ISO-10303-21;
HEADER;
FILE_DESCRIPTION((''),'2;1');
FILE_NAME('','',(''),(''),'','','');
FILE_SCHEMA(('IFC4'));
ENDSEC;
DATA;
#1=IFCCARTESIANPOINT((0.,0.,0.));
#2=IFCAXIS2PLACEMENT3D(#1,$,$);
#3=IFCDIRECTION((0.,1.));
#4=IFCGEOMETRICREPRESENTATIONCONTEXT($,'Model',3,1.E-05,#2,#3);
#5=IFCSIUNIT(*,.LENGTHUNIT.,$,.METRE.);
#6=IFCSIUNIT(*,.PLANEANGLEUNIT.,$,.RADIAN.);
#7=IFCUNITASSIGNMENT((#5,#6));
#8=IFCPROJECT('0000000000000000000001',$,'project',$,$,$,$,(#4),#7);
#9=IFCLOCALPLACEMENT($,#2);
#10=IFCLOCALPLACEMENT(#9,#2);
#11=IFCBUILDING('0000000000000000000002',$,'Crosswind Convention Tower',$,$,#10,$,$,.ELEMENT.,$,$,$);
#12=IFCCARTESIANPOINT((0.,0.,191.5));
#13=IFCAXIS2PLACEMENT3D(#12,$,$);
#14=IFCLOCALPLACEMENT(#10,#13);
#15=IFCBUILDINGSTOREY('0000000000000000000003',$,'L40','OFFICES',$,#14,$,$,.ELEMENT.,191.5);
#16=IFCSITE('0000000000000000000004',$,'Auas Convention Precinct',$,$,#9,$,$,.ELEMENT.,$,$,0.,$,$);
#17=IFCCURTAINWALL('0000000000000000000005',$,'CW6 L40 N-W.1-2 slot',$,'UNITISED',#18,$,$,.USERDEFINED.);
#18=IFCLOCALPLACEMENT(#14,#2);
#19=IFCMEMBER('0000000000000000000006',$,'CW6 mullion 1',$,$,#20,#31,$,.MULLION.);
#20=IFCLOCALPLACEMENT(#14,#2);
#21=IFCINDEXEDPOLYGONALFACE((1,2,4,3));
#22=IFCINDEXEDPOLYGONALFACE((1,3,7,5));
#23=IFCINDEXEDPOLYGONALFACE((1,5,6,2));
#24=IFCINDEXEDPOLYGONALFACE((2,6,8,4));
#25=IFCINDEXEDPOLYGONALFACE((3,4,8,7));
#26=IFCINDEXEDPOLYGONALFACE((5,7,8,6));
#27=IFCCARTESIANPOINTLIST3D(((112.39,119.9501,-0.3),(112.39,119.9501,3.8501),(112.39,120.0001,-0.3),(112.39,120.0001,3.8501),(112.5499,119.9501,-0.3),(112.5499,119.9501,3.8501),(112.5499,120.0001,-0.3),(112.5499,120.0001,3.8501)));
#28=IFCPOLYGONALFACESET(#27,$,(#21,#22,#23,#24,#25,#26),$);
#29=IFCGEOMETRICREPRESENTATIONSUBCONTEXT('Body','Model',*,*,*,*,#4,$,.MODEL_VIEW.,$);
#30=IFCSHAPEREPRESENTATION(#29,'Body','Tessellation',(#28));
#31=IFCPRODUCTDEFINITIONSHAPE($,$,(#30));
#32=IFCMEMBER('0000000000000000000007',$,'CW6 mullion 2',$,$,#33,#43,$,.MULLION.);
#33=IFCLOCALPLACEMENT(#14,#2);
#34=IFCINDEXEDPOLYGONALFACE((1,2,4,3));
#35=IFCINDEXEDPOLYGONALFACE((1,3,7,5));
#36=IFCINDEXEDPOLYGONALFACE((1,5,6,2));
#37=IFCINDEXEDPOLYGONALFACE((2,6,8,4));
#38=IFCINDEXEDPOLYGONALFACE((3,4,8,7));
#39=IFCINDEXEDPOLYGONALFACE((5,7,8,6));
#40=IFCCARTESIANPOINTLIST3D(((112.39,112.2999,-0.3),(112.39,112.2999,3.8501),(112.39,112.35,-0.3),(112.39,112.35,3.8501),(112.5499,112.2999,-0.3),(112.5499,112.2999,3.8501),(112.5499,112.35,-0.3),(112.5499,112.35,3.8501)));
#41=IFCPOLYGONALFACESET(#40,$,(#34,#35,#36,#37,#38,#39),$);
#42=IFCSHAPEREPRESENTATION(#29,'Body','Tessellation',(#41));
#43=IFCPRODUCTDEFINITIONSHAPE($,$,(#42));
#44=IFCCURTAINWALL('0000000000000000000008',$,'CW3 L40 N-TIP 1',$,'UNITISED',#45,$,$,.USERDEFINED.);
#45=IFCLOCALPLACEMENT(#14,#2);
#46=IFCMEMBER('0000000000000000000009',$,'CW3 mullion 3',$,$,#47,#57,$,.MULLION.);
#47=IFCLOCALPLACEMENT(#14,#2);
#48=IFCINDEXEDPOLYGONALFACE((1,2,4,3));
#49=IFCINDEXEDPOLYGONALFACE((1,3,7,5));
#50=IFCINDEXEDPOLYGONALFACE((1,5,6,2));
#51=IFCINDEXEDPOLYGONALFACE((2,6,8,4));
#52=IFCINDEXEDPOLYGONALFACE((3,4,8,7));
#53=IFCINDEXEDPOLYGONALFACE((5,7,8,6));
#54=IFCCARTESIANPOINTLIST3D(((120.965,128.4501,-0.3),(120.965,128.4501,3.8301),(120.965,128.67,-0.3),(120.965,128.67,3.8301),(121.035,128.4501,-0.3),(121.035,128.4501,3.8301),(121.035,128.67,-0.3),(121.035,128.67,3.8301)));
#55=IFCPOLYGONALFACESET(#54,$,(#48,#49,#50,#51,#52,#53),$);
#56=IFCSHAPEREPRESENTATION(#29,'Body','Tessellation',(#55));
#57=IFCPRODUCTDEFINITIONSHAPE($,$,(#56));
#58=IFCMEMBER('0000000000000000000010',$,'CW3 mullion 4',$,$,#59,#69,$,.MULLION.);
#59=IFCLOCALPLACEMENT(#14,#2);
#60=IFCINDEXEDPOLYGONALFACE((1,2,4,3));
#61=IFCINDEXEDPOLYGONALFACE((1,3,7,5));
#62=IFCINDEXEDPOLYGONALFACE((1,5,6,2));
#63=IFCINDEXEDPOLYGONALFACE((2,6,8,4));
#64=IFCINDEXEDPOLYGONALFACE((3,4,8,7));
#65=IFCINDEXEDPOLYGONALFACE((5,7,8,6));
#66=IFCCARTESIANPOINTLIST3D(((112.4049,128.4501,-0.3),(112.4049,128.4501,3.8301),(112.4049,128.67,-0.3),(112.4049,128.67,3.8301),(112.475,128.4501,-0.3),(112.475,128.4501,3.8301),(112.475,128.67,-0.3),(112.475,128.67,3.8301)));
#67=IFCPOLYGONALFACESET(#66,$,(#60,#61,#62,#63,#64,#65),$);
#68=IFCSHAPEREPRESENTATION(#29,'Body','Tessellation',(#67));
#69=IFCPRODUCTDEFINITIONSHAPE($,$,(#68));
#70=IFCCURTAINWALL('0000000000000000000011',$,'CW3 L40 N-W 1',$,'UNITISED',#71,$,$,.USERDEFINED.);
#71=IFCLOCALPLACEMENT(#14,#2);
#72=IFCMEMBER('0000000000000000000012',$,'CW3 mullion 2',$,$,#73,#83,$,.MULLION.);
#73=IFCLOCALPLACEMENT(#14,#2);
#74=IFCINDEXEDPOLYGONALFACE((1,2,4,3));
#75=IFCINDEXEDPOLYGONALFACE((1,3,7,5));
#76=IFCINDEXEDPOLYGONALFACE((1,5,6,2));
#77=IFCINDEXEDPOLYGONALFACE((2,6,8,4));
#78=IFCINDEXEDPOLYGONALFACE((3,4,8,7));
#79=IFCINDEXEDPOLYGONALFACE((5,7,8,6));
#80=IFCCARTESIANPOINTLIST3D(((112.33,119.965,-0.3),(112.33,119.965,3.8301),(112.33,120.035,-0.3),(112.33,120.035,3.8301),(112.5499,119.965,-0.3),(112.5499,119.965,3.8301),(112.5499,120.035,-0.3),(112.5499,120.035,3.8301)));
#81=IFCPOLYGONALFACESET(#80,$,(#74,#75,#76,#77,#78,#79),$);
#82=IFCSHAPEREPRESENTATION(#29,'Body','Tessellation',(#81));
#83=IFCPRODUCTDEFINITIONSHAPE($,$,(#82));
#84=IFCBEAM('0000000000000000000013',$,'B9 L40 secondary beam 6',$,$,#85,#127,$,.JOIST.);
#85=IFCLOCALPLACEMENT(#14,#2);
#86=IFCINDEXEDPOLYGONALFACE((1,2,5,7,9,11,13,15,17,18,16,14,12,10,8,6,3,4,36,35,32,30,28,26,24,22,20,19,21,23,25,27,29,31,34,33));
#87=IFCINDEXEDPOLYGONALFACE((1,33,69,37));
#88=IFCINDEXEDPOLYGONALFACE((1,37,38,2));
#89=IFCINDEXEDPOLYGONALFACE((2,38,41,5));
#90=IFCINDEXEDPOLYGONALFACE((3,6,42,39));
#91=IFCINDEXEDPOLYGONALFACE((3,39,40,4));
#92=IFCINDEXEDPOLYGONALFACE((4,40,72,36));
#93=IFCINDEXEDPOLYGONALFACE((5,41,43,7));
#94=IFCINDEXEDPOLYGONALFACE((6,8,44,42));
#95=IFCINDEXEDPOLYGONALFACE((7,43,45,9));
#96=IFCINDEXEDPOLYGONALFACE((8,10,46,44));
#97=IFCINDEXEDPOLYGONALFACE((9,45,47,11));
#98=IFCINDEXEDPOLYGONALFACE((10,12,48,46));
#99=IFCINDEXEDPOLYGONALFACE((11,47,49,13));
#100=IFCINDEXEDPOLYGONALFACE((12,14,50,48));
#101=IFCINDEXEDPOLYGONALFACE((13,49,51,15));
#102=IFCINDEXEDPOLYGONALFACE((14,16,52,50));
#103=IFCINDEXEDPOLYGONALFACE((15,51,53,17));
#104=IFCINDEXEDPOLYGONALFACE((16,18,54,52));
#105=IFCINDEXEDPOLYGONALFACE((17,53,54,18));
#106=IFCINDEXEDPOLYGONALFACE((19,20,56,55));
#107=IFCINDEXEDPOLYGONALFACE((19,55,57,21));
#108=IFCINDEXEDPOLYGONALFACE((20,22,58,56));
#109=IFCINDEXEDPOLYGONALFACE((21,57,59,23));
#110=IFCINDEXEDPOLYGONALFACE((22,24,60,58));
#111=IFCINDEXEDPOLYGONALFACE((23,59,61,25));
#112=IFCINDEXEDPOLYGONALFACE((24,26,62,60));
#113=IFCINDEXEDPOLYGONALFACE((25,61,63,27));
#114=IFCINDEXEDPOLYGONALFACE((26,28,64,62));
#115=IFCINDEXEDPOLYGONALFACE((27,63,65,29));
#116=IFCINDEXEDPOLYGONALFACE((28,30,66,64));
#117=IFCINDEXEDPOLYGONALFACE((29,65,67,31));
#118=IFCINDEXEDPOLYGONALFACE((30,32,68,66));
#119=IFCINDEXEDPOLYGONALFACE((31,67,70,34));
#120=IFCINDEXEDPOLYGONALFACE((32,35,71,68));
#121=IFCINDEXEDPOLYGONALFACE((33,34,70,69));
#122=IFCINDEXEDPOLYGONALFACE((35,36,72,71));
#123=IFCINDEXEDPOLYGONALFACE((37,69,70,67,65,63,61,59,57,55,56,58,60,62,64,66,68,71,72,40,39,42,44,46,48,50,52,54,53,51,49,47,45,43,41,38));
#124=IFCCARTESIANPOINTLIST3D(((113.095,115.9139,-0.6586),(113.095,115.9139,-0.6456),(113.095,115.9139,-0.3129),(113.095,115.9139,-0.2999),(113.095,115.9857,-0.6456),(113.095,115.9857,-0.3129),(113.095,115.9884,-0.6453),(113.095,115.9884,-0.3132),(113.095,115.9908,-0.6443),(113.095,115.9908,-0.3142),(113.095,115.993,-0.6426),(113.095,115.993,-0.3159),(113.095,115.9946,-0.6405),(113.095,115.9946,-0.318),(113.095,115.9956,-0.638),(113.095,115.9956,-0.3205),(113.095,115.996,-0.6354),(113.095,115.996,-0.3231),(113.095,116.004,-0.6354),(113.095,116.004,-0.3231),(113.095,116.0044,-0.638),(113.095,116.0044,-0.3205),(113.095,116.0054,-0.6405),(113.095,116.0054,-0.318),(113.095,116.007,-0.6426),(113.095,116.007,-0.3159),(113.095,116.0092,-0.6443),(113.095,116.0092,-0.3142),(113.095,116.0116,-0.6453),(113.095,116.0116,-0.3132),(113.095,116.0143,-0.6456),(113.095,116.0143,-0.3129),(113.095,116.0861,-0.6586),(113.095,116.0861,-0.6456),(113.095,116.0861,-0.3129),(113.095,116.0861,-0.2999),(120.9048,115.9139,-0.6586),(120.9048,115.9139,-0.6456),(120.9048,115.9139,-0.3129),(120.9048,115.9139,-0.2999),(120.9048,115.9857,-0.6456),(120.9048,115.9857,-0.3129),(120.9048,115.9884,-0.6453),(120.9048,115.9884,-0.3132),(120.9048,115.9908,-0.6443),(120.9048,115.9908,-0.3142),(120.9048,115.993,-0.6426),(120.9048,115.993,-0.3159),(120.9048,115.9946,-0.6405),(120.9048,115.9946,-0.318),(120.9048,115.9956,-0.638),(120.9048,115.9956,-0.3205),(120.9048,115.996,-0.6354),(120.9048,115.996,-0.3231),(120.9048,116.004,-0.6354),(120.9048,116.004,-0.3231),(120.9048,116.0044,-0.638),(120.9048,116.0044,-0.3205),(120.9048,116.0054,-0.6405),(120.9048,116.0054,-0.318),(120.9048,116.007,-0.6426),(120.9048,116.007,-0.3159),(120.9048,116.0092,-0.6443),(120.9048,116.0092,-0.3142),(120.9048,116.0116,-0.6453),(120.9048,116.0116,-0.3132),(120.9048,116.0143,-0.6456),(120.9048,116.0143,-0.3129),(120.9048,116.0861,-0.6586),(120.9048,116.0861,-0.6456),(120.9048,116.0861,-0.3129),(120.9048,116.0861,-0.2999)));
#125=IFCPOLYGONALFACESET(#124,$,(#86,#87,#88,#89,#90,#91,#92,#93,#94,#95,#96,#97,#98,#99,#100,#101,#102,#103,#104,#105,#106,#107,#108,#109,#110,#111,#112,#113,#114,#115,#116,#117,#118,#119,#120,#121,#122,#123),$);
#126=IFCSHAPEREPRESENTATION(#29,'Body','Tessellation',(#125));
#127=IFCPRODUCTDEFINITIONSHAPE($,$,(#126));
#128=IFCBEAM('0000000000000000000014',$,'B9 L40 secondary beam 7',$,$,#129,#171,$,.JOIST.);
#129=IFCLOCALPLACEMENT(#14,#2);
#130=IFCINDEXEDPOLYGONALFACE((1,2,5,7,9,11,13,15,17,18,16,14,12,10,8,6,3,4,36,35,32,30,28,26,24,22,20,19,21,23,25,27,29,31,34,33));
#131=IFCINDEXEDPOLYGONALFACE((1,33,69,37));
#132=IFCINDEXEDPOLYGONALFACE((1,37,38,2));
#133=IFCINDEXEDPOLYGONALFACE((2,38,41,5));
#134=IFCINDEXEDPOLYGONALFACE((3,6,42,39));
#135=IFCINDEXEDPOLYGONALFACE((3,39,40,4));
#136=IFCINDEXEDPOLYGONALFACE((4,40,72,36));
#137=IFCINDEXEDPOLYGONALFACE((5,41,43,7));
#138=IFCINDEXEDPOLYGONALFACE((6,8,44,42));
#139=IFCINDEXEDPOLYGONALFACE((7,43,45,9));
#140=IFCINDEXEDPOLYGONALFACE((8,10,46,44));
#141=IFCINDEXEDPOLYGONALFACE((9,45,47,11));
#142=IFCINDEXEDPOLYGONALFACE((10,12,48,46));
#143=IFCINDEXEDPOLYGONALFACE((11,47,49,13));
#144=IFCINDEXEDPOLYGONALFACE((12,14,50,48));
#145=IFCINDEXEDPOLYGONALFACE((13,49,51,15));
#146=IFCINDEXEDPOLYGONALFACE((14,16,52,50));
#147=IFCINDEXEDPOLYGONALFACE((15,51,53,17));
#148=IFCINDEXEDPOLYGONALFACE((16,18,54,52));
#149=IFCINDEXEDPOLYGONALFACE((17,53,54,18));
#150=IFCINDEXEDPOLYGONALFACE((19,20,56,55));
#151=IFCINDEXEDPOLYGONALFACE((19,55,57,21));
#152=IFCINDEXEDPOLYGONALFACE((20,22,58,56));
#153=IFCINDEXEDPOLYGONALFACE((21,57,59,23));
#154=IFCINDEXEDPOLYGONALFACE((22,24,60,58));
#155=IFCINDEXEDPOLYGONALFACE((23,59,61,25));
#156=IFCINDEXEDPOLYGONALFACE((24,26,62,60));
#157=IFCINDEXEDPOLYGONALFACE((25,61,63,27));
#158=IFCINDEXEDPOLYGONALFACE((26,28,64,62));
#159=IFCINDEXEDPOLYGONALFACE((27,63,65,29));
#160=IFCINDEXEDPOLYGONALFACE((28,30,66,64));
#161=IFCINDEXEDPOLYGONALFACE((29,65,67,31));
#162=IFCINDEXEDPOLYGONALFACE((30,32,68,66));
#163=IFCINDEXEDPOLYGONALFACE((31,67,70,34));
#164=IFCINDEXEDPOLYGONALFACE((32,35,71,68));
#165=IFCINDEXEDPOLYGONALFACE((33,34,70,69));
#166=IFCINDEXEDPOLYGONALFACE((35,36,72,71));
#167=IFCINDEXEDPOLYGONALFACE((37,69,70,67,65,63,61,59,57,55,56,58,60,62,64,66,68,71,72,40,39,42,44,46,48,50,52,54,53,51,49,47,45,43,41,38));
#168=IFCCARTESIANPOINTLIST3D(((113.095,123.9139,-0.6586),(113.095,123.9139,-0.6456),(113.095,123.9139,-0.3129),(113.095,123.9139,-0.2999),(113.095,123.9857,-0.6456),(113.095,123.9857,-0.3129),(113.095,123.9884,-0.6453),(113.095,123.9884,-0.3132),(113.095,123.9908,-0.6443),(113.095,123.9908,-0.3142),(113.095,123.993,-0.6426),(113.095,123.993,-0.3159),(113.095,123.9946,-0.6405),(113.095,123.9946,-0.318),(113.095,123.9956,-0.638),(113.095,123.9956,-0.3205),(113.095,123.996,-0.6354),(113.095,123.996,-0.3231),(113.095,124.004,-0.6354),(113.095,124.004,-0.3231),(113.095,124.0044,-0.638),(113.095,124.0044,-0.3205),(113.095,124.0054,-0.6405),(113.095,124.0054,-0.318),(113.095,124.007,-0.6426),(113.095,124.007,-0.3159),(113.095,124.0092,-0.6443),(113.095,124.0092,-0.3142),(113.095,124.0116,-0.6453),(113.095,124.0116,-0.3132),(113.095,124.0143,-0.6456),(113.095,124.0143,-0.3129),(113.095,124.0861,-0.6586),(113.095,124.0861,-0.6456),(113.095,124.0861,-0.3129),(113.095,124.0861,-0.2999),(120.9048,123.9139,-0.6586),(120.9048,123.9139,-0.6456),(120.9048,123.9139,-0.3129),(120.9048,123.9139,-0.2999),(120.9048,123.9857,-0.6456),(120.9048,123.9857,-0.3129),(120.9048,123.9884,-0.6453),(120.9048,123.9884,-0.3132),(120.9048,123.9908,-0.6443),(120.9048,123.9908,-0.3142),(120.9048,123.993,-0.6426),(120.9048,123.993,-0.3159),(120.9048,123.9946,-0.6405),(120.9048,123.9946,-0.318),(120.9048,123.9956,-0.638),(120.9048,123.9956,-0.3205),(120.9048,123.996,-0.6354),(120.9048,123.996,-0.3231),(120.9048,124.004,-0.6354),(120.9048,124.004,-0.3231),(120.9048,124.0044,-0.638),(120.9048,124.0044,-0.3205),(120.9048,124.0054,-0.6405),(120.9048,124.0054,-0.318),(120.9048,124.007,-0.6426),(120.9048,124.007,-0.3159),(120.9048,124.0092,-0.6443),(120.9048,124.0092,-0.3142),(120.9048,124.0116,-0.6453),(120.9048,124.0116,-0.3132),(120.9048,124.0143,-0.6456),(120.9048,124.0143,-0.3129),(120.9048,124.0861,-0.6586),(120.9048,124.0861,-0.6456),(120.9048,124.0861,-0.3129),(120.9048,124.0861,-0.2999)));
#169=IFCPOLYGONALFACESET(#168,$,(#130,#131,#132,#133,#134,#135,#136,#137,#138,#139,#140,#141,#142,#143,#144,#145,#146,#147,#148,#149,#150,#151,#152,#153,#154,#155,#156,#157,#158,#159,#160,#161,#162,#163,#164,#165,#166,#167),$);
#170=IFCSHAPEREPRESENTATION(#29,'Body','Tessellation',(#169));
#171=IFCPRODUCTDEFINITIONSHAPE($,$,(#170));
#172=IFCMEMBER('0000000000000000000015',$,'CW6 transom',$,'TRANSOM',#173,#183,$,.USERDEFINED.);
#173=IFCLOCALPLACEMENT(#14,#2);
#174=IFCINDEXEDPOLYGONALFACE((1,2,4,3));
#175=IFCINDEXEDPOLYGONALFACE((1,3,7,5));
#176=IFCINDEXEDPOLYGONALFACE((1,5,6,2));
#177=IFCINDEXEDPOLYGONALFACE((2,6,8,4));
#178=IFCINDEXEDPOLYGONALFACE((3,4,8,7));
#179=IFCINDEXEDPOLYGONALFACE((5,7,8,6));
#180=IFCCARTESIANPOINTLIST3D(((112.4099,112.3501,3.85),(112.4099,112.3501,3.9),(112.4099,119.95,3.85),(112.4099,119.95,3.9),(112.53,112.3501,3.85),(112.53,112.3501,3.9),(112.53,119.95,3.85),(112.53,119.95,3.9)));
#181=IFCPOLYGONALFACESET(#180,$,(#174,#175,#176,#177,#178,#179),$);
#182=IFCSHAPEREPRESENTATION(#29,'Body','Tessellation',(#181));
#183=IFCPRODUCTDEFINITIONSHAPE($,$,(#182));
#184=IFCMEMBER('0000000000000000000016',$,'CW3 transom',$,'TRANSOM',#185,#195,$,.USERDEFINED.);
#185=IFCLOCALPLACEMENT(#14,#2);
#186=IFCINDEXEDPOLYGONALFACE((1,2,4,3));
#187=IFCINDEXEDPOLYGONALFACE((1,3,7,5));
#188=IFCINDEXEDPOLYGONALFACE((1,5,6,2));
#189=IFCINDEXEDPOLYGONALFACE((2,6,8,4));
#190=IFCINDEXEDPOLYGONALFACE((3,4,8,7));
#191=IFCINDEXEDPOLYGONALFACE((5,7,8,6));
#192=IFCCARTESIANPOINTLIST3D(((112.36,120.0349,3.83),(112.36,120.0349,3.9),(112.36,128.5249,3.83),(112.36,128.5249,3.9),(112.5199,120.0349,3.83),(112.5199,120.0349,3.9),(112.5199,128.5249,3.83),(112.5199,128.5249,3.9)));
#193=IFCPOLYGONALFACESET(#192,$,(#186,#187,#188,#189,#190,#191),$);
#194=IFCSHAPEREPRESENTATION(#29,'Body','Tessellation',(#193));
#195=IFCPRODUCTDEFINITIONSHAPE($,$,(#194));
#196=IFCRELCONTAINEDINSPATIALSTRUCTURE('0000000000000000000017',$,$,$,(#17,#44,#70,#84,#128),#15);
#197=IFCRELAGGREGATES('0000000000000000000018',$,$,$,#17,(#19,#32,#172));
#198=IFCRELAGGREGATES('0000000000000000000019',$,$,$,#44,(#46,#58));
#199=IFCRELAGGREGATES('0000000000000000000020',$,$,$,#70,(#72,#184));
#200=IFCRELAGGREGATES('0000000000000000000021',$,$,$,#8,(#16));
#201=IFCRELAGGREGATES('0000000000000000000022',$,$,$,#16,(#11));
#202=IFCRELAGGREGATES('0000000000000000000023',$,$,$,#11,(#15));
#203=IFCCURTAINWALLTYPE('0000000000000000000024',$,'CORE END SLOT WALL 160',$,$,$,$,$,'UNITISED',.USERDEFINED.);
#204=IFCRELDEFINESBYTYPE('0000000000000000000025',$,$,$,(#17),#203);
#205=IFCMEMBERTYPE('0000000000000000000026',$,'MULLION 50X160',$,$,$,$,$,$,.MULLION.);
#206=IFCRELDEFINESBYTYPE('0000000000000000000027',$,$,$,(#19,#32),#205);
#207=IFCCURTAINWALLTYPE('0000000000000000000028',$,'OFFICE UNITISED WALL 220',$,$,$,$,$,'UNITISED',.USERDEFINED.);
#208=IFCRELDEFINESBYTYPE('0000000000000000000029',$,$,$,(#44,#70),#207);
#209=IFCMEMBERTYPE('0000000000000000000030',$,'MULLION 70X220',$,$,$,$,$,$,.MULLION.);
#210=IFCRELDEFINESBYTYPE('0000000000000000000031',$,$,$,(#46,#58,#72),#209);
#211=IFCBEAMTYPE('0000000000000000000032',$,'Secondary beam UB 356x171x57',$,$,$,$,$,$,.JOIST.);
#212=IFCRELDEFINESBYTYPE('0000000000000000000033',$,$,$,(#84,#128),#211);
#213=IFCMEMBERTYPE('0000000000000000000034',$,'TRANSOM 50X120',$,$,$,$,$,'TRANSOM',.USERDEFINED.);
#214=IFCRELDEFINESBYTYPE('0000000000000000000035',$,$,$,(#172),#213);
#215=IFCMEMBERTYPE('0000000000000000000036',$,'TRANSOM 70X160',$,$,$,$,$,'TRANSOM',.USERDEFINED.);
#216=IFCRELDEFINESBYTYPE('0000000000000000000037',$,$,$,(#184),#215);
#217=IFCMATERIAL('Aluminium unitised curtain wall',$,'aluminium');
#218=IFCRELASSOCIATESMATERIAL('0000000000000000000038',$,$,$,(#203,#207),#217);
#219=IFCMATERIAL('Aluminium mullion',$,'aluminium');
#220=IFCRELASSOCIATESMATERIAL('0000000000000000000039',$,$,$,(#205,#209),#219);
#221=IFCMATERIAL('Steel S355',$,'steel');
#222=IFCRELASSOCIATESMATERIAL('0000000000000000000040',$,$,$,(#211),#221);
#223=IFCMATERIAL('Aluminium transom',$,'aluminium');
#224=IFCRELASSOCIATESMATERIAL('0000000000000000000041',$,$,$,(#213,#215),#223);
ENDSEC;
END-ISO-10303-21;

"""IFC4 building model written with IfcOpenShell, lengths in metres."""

from ifc_helpers import new_model, si_unit, direction, frame, origin, origin_2d, place, context, subcontext, project, spatial, rectangle, i_section, extrude, material, material_profile, profile_set, type_object, element, aggregate, save


model = new_model("IFC4")

# Units and contexts
model_context = context("Model", 3, precision=1e-05, world=origin(), true_north=direction((0.0, 1.0)))
body_context = subcontext(model_context, "Body", "Model", "MODEL_VIEW")
ifc_project = project(units=[si_unit("LENGTHUNIT", "METRE"), si_unit("PLANEANGLEUNIT", "RADIAN")], contexts=[model_context])

# Site, building, storey
site_placement = place(None, origin())
site = spatial("IfcSite", under=ifc_project, at=site_placement, Name="Auas Convention Precinct", CompositionType="ELEMENT", RefElevation=0.0)
building_placement = place(site_placement, origin())
building = spatial("IfcBuilding", under=site, at=building_placement, Name="Crosswind Convention Tower", CompositionType="ELEMENT")
storey_placement = place(building_placement, frame((0.0, 0.0, 191.5)))
storey = spatial("IfcBuildingStorey", under=building, at=storey_placement, Name="L40", Description="OFFICES", CompositionType="ELEMENT", Elevation=191.5)

# Shared definitions
ifc_material_1 = material(Name="Steel S355", Category="steel")

# Curtain walls, members
ifc_material_2 = material(Name="Aluminium unitised curtain wall", Category="aluminium")
curtain_wall_type_1 = type_object("IfcCurtainWallType", Name="CORE END SLOT WALL 160", ElementType="UNITISED", PredefinedType="USERDEFINED", material=ifc_material_2)
curtain_wall_1_placement = place(storey_placement, origin())
curtain_wall_1 = element("IfcCurtainWall", 1, at=curtain_wall_1_placement, inside=storey, type_object=curtain_wall_type_1, Name="CW6 L40 N-W.1-2 slot", ObjectType="UNITISED", PredefinedType="USERDEFINED")
ifc_material_3 = material(Name="Aluminium mullion", Category="aluminium")
ifc_material_profile_1 = material_profile(ifc_material_3, rectangle(XDim=0.1599, YDim=0.05, at=origin_2d()), Name="AL 160X50")
ifc_profile_set_1 = profile_set([ifc_material_profile_1], Name="Aluminium mullion")
member_type_1 = type_object("IfcMemberType", Name="MULLION 50X160", PredefinedType="MULLION", material=ifc_profile_set_1)
member_1_placement = place(storey_placement, frame((112.47, 119.9751, -0.3), z_axis=(0.0, 0.0, 1.0), x_axis=(-1.0, 0.0, 0.0)))
member_1 = element("IfcMember", 2, at=member_1_placement, type_object=member_type_1, Name="CW6 mullion 1", PredefinedType="MULLION", context=body_context, shape_type="SweptSolid", body=[
    extrude(rectangle(XDim=0.1599, YDim=0.05, at=origin_2d()), origin(), (0.0, 0.0, 1.0), 4.1501),
])
member_2_placement = place(storey_placement, frame((112.47, 112.325, -0.3), z_axis=(0.0, 0.0, 1.0), x_axis=(-1.0, 0.0, 0.0)))
member_2 = element("IfcMember", 3, at=member_2_placement, type_object=member_type_1, Name="CW6 mullion 2", PredefinedType="MULLION", context=body_context, shape_type="SweptSolid", body=[
    extrude(rectangle(XDim=0.1599, YDim=0.05, at=origin_2d()), origin(), (0.0, 0.0, 1.0), 4.1501),
])
curtain_wall_type_2 = type_object("IfcCurtainWallType", Name="OFFICE UNITISED WALL 220", ElementType="UNITISED", PredefinedType="USERDEFINED", material=ifc_material_2)
curtain_wall_2_placement = place(storey_placement, origin())
curtain_wall_2 = element("IfcCurtainWall", 4, at=curtain_wall_2_placement, inside=storey, type_object=curtain_wall_type_2, Name="CW3 L40 N-TIP 1", ObjectType="UNITISED", PredefinedType="USERDEFINED")
ifc_material_profile_2 = material_profile(ifc_material_3, rectangle(XDim=0.22, YDim=0.0701, at=origin_2d()), Name="AL 220X70")
ifc_profile_set_2 = profile_set([ifc_material_profile_2], Name="Aluminium mullion")
member_type_2 = type_object("IfcMemberType", Name="MULLION 70X220", PredefinedType="MULLION", material=ifc_profile_set_2)
member_3_placement = place(storey_placement, frame((121.0, 128.5601, -0.3), z_axis=(0.0, 0.0, 1.0), x_axis=(0.0, 1.0, 0.0)))
member_3 = element("IfcMember", 5, at=member_3_placement, type_object=member_type_2, Name="CW3 mullion 3", PredefinedType="MULLION", context=body_context, shape_type="SweptSolid", body=[
    extrude(rectangle(XDim=0.22, YDim=0.0701, at=origin_2d()), origin(), (0.0, 0.0, 1.0), 4.1301),
])
member_4_placement = place(storey_placement, frame((112.4399, 128.5601, -0.3), z_axis=(0.0, 0.0, 1.0), x_axis=(0.0, 1.0, 0.0)))
member_4 = element("IfcMember", 6, at=member_4_placement, type_object=member_type_2, Name="CW3 mullion 4", PredefinedType="MULLION", context=body_context, shape_type="SweptSolid", body=[
    extrude(rectangle(XDim=0.22, YDim=0.0701, at=origin_2d()), origin(), (0.0, 0.0, 1.0), 4.1301),
])

# Curtain wall, member
curtain_wall_3_placement = place(storey_placement, origin())
curtain_wall_3 = element("IfcCurtainWall", 7, at=curtain_wall_3_placement, inside=storey, type_object=curtain_wall_type_2, Name="CW3 L40 N-W 1", ObjectType="UNITISED", PredefinedType="USERDEFINED")
member_5_placement = place(storey_placement, frame((112.4399, 120.0, -0.3), z_axis=(0.0, 0.0, 1.0), x_axis=(-1.0, 0.0, 0.0)))
member_5 = element("IfcMember", 8, at=member_5_placement, type_object=member_type_2, Name="CW3 mullion 2", PredefinedType="MULLION", context=body_context, shape_type="SweptSolid", body=[
    extrude(rectangle(XDim=0.22, YDim=0.0701, at=origin_2d()), origin(), (0.0, 0.0, 1.0), 4.1301),
])

# Beams
ifc_material_profile_3 = material_profile(ifc_material_1, i_section(OverallWidth=0.1721, OverallDepth=0.3586, WebThickness=0.0081, FlangeThickness=0.0129, FilletRadius=0.0103, at=origin_2d()), Name="UB 356x171x57")
ifc_profile_set_3 = profile_set([ifc_material_profile_3], Name="Steel S355")
beam_type_1 = type_object("IfcBeamType", Name="Secondary beam UB 356x171x57", PredefinedType="JOIST", material=ifc_profile_set_3)
for number, where, z_axis, x_axis, name in (
    (9, (113.095, 116.0, -0.4792), (1.0, 0.0, 0.0), (0.0, 1.0, 0.0), "B9 L40 secondary beam 6"),
    (10, (113.095, 124.0, -0.4792), (1.0, 0.0, 0.0), (0.0, 1.0, 0.0), "B9 L40 secondary beam 7"),
):
    element("IfcBeam", number, at=place(storey_placement, frame(where, z_axis=z_axis, x_axis=x_axis)), inside=storey, type_object=beam_type_1, Name=name, PredefinedType="JOIST", context=body_context, shape_type="SweptSolid", body=[
        extrude(i_section(OverallWidth=0.1721, OverallDepth=0.3586, WebThickness=0.0081, FlangeThickness=0.0129, FilletRadius=0.0103, at=origin_2d()), origin(), (0.0, 0.0, 1.0), 7.8098),
    ])

# Members
ifc_material_4 = material(Name="Aluminium transom", Category="aluminium")
ifc_material_profile_4 = material_profile(ifc_material_4, rectangle(XDim=0.1201, YDim=0.05, at=origin_2d()), Name="AL 120X50")
ifc_profile_set_4 = profile_set([ifc_material_profile_4], Name="Aluminium transom")
member_type_3 = type_object("IfcMemberType", Name="TRANSOM 50X120", ElementType="TRANSOM", PredefinedType="USERDEFINED", material=ifc_profile_set_4)
member_6_placement = place(storey_placement, frame((112.47, 119.95, 3.875), z_axis=(0.0, -1.0, 0.0), x_axis=(1.0, 0.0, 0.0)))
member_6 = element("IfcMember", 11, at=member_6_placement, type_object=member_type_3, Name="CW6 transom", ObjectType="TRANSOM", PredefinedType="USERDEFINED", context=body_context, shape_type="SweptSolid", body=[
    extrude(rectangle(XDim=0.1201, YDim=0.05, at=origin_2d()), origin(), (0.0, 0.0, 1.0), 7.5999),
])
ifc_material_profile_5 = material_profile(ifc_material_4, rectangle(XDim=0.1599, YDim=0.0701, at=origin_2d()), Name="AL 160X70")
ifc_profile_set_5 = profile_set([ifc_material_profile_5], Name="Aluminium transom")
member_type_4 = type_object("IfcMemberType", Name="TRANSOM 70X160", ElementType="TRANSOM", PredefinedType="USERDEFINED", material=ifc_profile_set_5)
member_7_placement = place(storey_placement, frame((112.4399, 128.5249, 3.865), z_axis=(0.0, -1.0, 0.0), x_axis=(1.0, 0.0, 0.0)))
member_7 = element("IfcMember", 12, at=member_7_placement, type_object=member_type_4, Name="CW3 transom", ObjectType="TRANSOM", PredefinedType="USERDEFINED", context=body_context, shape_type="SweptSolid", body=[
    extrude(rectangle(XDim=0.1599, YDim=0.0701, at=origin_2d()), origin(), (0.0, 0.0, 1.0), 8.49),
])

aggregate(curtain_wall_1, [member_1, member_2, member_6])
aggregate(curtain_wall_2, [member_3, member_4])

aggregate(curtain_wall_3, [member_5, member_7])

save(model, "model.ifc")
